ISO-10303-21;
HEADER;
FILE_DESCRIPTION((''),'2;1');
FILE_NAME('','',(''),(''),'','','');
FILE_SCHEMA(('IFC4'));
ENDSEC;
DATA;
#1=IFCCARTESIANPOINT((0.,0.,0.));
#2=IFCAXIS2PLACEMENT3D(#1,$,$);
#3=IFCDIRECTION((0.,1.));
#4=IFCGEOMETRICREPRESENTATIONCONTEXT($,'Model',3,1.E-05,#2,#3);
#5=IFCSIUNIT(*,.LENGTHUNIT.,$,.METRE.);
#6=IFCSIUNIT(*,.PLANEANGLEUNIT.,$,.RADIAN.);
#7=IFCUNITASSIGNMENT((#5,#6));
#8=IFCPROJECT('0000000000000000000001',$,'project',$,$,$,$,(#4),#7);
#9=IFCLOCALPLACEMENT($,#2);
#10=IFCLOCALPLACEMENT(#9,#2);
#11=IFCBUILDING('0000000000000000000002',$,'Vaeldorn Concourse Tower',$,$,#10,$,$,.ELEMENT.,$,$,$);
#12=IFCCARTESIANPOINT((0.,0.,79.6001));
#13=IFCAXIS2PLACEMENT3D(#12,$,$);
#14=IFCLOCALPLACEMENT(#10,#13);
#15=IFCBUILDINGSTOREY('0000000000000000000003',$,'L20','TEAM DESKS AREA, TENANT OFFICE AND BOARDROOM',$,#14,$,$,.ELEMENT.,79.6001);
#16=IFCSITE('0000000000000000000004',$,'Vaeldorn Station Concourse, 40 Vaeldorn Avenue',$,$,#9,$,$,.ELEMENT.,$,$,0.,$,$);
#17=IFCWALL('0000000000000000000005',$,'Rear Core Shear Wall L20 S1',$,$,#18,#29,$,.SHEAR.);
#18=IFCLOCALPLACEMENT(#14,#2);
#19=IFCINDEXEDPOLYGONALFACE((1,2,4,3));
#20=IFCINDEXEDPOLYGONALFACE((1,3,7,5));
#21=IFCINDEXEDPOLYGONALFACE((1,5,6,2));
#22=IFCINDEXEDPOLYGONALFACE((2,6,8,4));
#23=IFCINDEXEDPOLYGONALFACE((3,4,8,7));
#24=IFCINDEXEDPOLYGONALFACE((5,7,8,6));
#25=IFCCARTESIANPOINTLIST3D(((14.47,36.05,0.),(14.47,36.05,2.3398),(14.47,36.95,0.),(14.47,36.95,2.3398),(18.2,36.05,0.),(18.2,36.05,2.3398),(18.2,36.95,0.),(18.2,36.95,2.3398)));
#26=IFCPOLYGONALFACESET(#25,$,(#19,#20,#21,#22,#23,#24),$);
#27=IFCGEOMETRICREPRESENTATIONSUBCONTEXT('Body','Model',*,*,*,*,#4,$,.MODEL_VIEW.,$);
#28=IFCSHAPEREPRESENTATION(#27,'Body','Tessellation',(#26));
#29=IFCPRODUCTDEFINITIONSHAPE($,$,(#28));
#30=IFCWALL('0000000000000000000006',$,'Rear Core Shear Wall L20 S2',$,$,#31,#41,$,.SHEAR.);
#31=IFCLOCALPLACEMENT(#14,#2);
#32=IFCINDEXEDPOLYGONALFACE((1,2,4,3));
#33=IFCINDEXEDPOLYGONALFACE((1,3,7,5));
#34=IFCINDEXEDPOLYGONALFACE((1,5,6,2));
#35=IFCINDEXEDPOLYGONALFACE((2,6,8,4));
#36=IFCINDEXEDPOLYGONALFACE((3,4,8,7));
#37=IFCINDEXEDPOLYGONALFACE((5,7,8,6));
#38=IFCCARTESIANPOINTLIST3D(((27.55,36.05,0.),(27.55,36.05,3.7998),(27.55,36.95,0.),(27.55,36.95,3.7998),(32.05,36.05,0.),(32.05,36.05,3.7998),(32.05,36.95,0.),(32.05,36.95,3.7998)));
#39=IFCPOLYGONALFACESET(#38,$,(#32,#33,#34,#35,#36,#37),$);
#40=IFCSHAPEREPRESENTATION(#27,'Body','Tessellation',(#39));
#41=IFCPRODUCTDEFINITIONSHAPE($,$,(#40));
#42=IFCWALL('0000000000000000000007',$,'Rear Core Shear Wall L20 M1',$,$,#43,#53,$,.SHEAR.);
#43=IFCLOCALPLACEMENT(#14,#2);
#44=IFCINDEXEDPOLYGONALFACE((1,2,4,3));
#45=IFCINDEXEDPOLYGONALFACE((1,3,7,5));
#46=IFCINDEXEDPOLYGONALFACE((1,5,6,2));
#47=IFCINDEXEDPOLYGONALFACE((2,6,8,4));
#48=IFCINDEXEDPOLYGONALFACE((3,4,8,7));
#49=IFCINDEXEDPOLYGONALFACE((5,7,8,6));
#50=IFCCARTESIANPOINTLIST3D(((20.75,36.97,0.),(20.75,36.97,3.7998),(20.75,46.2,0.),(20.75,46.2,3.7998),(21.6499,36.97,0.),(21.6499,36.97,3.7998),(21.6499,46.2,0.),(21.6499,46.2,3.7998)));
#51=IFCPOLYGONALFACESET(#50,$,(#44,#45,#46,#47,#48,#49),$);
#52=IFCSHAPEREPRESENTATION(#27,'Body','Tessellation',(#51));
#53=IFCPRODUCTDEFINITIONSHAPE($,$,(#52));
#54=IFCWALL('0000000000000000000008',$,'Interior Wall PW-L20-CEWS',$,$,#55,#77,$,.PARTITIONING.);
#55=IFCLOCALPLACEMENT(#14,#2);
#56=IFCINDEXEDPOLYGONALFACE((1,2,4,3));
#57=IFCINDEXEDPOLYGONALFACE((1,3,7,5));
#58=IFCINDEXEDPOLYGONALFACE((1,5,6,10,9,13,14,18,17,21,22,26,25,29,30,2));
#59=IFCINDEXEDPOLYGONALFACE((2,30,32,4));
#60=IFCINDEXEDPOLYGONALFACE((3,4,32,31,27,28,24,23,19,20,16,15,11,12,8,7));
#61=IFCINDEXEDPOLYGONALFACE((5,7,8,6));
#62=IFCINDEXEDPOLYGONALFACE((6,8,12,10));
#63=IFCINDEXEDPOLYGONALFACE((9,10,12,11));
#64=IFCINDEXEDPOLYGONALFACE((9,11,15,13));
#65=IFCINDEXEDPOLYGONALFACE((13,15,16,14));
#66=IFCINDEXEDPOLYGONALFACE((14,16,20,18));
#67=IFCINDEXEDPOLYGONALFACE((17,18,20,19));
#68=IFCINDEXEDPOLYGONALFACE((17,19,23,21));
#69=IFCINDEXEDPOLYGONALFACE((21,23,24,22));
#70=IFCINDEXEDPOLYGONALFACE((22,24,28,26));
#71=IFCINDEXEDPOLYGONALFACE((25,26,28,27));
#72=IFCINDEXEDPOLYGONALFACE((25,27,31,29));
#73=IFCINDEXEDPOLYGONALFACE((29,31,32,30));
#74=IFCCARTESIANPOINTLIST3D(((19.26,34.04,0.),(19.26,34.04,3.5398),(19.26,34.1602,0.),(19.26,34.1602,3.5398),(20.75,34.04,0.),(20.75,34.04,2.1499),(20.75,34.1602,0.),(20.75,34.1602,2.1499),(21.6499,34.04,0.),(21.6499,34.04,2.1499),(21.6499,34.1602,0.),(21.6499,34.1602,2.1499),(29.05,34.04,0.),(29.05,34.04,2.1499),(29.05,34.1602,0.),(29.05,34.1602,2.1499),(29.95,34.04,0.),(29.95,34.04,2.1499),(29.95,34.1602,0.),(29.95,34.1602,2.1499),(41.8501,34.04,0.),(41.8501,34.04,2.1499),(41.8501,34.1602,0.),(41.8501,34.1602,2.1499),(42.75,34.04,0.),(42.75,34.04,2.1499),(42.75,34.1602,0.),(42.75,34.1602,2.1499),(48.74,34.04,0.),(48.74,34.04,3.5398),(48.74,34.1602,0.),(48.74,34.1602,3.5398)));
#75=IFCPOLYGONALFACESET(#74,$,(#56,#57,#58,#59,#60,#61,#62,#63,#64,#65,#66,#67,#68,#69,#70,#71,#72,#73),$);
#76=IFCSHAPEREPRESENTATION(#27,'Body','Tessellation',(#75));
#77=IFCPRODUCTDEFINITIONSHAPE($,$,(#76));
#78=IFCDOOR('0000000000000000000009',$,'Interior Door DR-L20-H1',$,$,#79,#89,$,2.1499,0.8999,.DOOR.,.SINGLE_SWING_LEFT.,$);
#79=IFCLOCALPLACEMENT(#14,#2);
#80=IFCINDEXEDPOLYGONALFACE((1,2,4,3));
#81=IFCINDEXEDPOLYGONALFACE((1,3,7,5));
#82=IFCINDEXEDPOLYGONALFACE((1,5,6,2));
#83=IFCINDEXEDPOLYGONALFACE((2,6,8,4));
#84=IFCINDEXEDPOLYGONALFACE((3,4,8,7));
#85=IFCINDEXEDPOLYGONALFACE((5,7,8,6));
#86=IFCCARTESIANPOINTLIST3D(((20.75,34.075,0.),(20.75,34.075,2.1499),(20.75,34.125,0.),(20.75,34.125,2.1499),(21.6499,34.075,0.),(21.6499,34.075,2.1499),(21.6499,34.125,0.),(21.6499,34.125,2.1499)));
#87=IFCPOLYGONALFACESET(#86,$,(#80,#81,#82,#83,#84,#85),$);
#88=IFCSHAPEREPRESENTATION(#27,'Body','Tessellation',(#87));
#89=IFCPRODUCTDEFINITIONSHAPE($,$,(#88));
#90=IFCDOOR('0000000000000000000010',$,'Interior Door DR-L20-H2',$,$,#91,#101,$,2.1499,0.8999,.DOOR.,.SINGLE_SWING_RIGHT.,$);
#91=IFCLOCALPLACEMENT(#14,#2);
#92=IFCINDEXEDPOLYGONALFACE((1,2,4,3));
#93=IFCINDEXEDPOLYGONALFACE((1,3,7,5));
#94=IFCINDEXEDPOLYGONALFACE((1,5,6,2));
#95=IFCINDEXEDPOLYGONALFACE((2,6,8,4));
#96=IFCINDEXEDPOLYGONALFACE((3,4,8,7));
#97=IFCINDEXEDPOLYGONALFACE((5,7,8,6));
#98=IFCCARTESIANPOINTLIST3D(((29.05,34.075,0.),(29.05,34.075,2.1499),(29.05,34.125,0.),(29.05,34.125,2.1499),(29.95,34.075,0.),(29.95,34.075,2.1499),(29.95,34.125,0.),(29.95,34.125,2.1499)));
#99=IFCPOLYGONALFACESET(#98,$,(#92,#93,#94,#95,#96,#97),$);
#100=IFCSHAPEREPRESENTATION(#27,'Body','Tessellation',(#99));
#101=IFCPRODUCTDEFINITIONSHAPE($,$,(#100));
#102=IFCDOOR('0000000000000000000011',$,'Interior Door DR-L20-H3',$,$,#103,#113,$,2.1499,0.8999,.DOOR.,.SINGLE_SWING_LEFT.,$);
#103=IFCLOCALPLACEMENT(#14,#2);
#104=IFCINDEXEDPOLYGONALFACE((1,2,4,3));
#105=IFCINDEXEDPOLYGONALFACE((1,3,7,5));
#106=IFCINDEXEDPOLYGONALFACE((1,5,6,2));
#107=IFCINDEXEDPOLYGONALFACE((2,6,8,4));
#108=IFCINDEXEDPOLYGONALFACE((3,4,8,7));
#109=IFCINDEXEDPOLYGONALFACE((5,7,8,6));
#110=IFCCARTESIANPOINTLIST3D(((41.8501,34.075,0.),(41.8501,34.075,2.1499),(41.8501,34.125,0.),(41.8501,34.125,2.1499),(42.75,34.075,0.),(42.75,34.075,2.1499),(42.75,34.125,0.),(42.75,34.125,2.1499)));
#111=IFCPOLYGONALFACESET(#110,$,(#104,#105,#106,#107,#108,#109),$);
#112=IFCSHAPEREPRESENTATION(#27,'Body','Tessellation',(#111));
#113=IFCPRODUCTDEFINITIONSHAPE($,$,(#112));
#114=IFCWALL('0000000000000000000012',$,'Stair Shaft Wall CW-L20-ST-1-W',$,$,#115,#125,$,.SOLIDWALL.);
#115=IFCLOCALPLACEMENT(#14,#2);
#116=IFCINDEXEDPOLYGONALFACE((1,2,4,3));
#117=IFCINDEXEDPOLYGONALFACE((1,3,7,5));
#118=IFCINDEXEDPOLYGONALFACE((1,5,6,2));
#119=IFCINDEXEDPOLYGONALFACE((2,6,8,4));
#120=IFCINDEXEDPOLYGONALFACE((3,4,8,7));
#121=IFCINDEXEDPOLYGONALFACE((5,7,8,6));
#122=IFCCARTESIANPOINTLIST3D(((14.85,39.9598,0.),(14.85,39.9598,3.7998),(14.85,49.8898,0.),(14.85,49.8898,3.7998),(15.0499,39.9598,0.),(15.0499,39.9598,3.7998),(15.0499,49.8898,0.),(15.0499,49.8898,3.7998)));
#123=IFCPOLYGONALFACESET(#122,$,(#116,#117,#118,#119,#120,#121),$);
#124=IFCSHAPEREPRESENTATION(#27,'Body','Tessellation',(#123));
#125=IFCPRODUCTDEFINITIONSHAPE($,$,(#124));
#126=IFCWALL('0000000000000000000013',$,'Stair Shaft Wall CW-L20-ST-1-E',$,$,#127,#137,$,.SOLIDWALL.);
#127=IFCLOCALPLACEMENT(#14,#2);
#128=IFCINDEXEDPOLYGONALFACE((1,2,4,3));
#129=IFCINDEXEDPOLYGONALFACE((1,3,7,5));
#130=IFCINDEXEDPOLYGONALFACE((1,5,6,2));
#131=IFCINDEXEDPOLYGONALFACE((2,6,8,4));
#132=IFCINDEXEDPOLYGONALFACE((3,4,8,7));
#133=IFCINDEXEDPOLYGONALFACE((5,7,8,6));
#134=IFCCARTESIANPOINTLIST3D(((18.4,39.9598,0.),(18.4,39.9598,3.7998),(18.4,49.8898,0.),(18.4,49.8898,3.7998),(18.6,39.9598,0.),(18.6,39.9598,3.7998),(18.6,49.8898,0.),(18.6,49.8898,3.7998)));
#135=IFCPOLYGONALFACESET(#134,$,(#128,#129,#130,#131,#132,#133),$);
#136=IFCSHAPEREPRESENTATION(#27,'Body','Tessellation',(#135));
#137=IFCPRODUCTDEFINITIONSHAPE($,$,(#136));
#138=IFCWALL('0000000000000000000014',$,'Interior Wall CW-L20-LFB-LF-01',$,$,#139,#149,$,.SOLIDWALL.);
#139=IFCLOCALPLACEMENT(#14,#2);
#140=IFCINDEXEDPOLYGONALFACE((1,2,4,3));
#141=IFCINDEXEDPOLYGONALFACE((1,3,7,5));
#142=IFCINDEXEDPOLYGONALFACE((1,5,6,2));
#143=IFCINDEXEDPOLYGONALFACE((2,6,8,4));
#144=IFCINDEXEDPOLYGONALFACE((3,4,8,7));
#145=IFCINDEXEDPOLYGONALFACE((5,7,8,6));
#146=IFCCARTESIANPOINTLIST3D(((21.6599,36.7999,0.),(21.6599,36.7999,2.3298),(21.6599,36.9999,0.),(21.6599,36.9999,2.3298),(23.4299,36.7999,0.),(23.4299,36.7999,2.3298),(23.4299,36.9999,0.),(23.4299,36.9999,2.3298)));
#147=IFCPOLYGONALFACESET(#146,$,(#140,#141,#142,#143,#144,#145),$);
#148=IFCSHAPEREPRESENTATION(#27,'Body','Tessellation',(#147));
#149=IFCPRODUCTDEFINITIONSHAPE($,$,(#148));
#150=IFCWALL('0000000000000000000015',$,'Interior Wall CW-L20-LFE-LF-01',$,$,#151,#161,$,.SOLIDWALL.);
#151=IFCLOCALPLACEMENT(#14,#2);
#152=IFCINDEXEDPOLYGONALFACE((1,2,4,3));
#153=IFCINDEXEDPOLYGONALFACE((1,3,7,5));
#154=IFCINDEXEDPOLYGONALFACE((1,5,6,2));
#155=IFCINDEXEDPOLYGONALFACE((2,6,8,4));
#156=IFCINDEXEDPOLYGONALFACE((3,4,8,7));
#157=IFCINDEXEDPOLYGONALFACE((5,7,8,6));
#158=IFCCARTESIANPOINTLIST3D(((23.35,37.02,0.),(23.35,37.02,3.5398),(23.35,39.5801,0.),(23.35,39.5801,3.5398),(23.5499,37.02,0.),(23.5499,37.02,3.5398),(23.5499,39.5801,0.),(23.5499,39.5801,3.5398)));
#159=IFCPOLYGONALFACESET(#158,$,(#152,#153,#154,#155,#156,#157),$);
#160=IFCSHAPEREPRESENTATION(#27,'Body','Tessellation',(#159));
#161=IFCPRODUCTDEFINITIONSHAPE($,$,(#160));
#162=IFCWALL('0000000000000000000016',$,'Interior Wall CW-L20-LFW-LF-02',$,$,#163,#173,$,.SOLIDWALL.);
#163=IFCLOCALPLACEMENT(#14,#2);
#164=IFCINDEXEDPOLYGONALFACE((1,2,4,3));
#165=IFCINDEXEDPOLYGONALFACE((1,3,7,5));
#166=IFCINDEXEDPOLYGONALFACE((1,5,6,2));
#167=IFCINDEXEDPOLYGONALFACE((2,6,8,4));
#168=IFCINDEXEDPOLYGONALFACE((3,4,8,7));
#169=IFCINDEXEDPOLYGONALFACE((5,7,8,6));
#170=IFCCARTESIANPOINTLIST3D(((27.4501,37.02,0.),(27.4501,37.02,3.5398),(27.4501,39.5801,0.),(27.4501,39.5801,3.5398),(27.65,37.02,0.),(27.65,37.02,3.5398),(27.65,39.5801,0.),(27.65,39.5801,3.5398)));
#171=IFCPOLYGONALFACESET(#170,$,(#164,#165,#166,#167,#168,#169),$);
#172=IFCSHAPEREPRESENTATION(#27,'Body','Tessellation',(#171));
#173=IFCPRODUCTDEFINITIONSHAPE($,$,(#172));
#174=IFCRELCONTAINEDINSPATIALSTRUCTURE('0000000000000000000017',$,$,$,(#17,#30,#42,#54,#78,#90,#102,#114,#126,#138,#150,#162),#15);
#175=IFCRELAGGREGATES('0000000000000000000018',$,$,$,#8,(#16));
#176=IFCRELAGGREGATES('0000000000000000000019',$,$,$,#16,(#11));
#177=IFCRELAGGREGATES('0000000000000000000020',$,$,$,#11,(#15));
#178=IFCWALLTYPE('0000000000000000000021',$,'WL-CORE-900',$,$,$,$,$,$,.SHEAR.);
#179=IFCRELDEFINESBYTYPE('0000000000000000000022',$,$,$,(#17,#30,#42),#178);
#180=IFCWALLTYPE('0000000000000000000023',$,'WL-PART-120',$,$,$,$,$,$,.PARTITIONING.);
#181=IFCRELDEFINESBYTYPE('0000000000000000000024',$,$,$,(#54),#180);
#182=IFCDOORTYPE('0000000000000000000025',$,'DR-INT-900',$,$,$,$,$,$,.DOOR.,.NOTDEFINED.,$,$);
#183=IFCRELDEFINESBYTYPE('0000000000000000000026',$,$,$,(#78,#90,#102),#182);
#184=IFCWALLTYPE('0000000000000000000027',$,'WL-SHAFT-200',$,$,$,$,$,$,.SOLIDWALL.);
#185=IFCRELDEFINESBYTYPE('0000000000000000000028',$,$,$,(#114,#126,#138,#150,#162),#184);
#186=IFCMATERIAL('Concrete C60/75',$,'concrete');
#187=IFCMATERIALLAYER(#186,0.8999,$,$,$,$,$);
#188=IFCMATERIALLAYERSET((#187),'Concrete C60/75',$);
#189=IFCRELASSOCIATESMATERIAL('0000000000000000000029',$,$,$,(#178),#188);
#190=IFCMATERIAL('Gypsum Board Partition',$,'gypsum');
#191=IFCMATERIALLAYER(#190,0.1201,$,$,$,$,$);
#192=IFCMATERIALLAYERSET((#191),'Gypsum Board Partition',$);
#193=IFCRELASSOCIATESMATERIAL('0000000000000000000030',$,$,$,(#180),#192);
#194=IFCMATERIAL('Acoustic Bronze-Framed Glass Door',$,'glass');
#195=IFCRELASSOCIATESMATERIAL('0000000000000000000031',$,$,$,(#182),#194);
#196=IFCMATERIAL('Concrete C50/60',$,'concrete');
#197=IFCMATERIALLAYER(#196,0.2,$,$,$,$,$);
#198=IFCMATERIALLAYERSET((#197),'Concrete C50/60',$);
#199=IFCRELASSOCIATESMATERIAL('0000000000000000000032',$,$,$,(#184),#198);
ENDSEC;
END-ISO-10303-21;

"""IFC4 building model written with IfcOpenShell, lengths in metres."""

from ifc_helpers import new_model, si_unit, direction, frame, frame_2d, origin, place, context, subcontext, project, spatial, rectangle, extrude, source, transform, mapped, material, layer, layer_set, type_object, element, fill, save


model = new_model("IFC4")

# Units and contexts
model_context = context("Model", 3, precision=1e-05, world=origin(), true_north=direction((0.0, 1.0)))
body_context = subcontext(model_context, "Body", "Model", "MODEL_VIEW")
ifc_project = project(units=[si_unit("LENGTHUNIT", "METRE"), si_unit("PLANEANGLEUNIT", "RADIAN")], contexts=[model_context])

# Site, building, storey
site_placement = place(None, origin())
site = spatial("IfcSite", under=ifc_project, at=site_placement, Name="Vaeldorn Station Concourse, 40 Vaeldorn Avenue", CompositionType="ELEMENT", RefElevation=0.0)
building_placement = place(site_placement, origin())
building = spatial("IfcBuilding", under=site, at=building_placement, Name="Vaeldorn Concourse Tower", CompositionType="ELEMENT")
storey_placement = place(building_placement, frame((0.0, 0.0, 79.6001)))
storey = spatial("IfcBuildingStorey", under=building, at=storey_placement, Name="L20", Description="TEAM DESKS AREA, TENANT OFFICE AND BOARDROOM", CompositionType="ELEMENT", Elevation=79.6001)

# Walls
ifc_material_1 = material(Name="Concrete C60/75", Category="concrete")
ifc_layer_1 = layer(ifc_material_1, 0.8999)
ifc_layer_set_1 = layer_set([ifc_layer_1], Name="Concrete C60/75")
wall_type_1 = type_object("IfcWallType", Name="WL-CORE-900", PredefinedType="SHEAR", material=ifc_layer_set_1)
wall_1_placement = place(storey_placement, frame((14.47, 36.5, 0.0), z_axis=(0.0, 0.0, 1.0), x_axis=(1.0, 0.0, 0.0)))
element("IfcWall", 1, at=wall_1_placement, inside=storey, type_object=wall_type_1, Name="Rear Core Shear Wall L20 S1", PredefinedType="SHEAR", context=body_context, shape_type="SweptSolid", body=[
    extrude(rectangle(XDim=3.73, YDim=0.8999, at=frame_2d((1.865, 0.0))), origin(), (0.0, 0.0, 1.0), 2.3398),
])
wall_2_placement = place(storey_placement, frame((27.55, 36.5, 0.0), z_axis=(0.0, 0.0, 1.0), x_axis=(1.0, 0.0, 0.0)))
element("IfcWall", 2, at=wall_2_placement, inside=storey, type_object=wall_type_1, Name="Rear Core Shear Wall L20 S2", PredefinedType="SHEAR", context=body_context, shape_type="SweptSolid", body=[
    extrude(rectangle(XDim=4.5, YDim=0.8999, at=frame_2d((2.25, 0.0))), origin(), (0.0, 0.0, 1.0), 3.7998),
])
wall_3_placement = place(storey_placement, frame((21.2, 36.97, 0.0), z_axis=(0.0, 0.0, 1.0), x_axis=(0.0, 1.0, 0.0)))
element("IfcWall", 3, at=wall_3_placement, inside=storey, type_object=wall_type_1, Name="Rear Core Shear Wall L20 M1", PredefinedType="SHEAR", context=body_context, shape_type="SweptSolid", body=[
    extrude(rectangle(XDim=9.23, YDim=0.8999, at=frame_2d((4.615, 0.0))), origin(), (0.0, 0.0, 1.0), 3.7998),
])

# Wall, openings, doors
ifc_material_2 = material(Name="Gypsum Board Partition", Category="gypsum")
ifc_layer_2 = layer(ifc_material_2, 0.1201)
ifc_layer_set_2 = layer_set([ifc_layer_2], Name="Gypsum Board Partition")
wall_type_2 = type_object("IfcWallType", Name="WL-PART-120", PredefinedType="PARTITIONING", material=ifc_layer_set_2)
wall_4_placement = place(storey_placement, frame((19.26, 34.1001, 0.0), z_axis=(0.0, 0.0, 1.0), x_axis=(1.0, 0.0, 0.0)))
wall_4 = element("IfcWall", 4, at=wall_4_placement, inside=storey, type_object=wall_type_2, Name="Interior Wall PW-L20-CEWS", PredefinedType="PARTITIONING", context=body_context, shape_type="SweptSolid", body=[
    extrude(rectangle(XDim=29.48, YDim=0.1201, at=frame_2d((14.74, 0.0))), origin(), (0.0, 0.0, 1.0), 3.5398),
])
opening_1_placement = place(wall_4_placement, frame((1.49, 0.0, 0.0)))
opening_1 = element("IfcOpeningElement", 5, at=opening_1_placement, cuts=wall_4, PredefinedType="OPENING", context=body_context, shape_type="SweptSolid", body=[
    extrude(rectangle(XDim=0.8999, YDim=2.1499, at=frame_2d((0.45, 1.075))), frame((0.0, 0.0701, 0.0), z_axis=(0.0, -1.0, 0.0), x_axis=(1.0, 0.0, 0.0)), (0.0, 0.0, 1.0), 0.1401),
])
opening_2_placement = place(wall_4_placement, frame((9.79, 0.0, 0.0)))
opening_2 = element("IfcOpeningElement", 6, at=opening_2_placement, cuts=wall_4, PredefinedType="OPENING", context=body_context, shape_type="SweptSolid", body=[
    extrude(rectangle(XDim=0.8999, YDim=2.1499, at=frame_2d((0.45, 1.075))), frame((0.0, 0.0701, 0.0), z_axis=(0.0, -1.0, 0.0), x_axis=(1.0, 0.0, 0.0)), (0.0, 0.0, 1.0), 0.1401),
])
opening_3_placement = place(wall_4_placement, frame((22.5901, 0.0, 0.0)))
opening_3 = element("IfcOpeningElement", 7, at=opening_3_placement, cuts=wall_4, PredefinedType="OPENING", context=body_context, shape_type="SweptSolid", body=[
    extrude(rectangle(XDim=0.8999, YDim=2.1499, at=frame_2d((0.45, 1.075))), frame((0.0, 0.0701, 0.0), z_axis=(0.0, -1.0, 0.0), x_axis=(1.0, 0.0, 0.0)), (0.0, 0.0, 1.0), 0.1401),
])
ifc_material_3 = material(Name="Acoustic Bronze-Framed Glass Door", Category="glass")
door_type_1 = type_object("IfcDoorType", Name="DR-INT-900", OperationType="NOTDEFINED", PredefinedType="DOOR", material=ifc_material_3)
shared_shape_1 = source(origin(), body_context, "Body", "SweptSolid", [
    extrude(rectangle(XDim=0.8999, YDim=2.1499, at=frame_2d((0.45, 1.075))), frame((0.0, 0.0249, 0.0), z_axis=(0.0, -1.0, 0.0), x_axis=(1.0, 0.0, 0.0)), (0.0, 0.0, 1.0), 0.05),
])
door_1_placement = place(opening_1_placement, origin())
door_1 = element("IfcDoor", 8, at=door_1_placement, inside=storey, type_object=door_type_1, Name="Interior Door DR-L20-H1", OperationType="SINGLE_SWING_LEFT", OverallHeight=2.1499, OverallWidth=0.8999, PredefinedType="DOOR", context=body_context, shape_type="MappedRepresentation", body=[
    mapped(shared_shape_1, transform((0.0, 0.0, 0.0), scale=1.0)),
])
fill(opening_1, door_1)
door_2_placement = place(opening_2_placement, origin())
door_2 = element("IfcDoor", 9, at=door_2_placement, inside=storey, type_object=door_type_1, Name="Interior Door DR-L20-H2", OperationType="SINGLE_SWING_RIGHT", OverallHeight=2.1499, OverallWidth=0.8999, PredefinedType="DOOR", context=body_context, shape_type="MappedRepresentation", body=[
    mapped(shared_shape_1, transform((0.0, 0.0, 0.0), scale=1.0)),
])
fill(opening_2, door_2)
door_3_placement = place(opening_3_placement, origin())
door_3 = element("IfcDoor", 10, at=door_3_placement, inside=storey, type_object=door_type_1, Name="Interior Door DR-L20-H3", OperationType="SINGLE_SWING_LEFT", OverallHeight=2.1499, OverallWidth=0.8999, PredefinedType="DOOR", context=body_context, shape_type="MappedRepresentation", body=[
    mapped(shared_shape_1, transform((0.0, 0.0, 0.0), scale=1.0)),
])
fill(opening_3, door_3)

# Walls
ifc_material_4 = material(Name="Concrete C50/60", Category="concrete")
ifc_layer_3 = layer(ifc_material_4, 0.2)
ifc_layer_set_3 = layer_set([ifc_layer_3], Name="Concrete C50/60")
wall_type_3 = type_object("IfcWallType", Name="WL-SHAFT-200", PredefinedType="SOLIDWALL", material=ifc_layer_set_3)
for number, where, z_axis, x_axis, name in (
    (11, (14.95, 39.96, 0.0), (0.0, 0.0, 1.0), (0.0, 1.0, 0.0), "Stair Shaft Wall CW-L20-ST-1-W"),
    (12, (18.5, 39.96, 0.0), (0.0, 0.0, 1.0), (0.0, 1.0, 0.0), "Stair Shaft Wall CW-L20-ST-1-E"),
):
    element("IfcWall", number, at=place(storey_placement, frame(where, z_axis=z_axis, x_axis=x_axis)), inside=storey, type_object=wall_type_3, Name=name, PredefinedType="SOLIDWALL", context=body_context, shape_type="SweptSolid", body=[
        extrude(rectangle(XDim=9.9299, YDim=0.2, at=frame_2d((4.9648, 0.0))), origin(), (0.0, 0.0, 1.0), 3.7998),
    ])

# Walls
wall_5_placement = place(storey_placement, frame((21.6599, 36.8999, 0.0), z_axis=(0.0, 0.0, 1.0), x_axis=(1.0, 0.0, 0.0)))
element("IfcWall", 13, at=wall_5_placement, inside=storey, type_object=wall_type_3, Name="Interior Wall CW-L20-LFB-LF-01", PredefinedType="SOLIDWALL", context=body_context, shape_type="SweptSolid", body=[
    extrude(rectangle(XDim=1.77, YDim=0.2, at=frame_2d((0.885, 0.0))), origin(), (0.0, 0.0, 1.0), 2.3298),
])
wall_6_placement = place(storey_placement, frame((23.45, 37.02, 0.0), z_axis=(0.0, 0.0, 1.0), x_axis=(0.0, 1.0, 0.0)))
element("IfcWall", 14, at=wall_6_placement, inside=storey, type_object=wall_type_3, Name="Interior Wall CW-L20-LFE-LF-01", PredefinedType="SOLIDWALL", context=body_context, shape_type="SweptSolid", body=[
    extrude(rectangle(XDim=2.5601, YDim=0.2, at=frame_2d((1.28, 0.0))), origin(), (0.0, 0.0, 1.0), 3.5398),
])

# Wall
wall_7_placement = place(storey_placement, frame((27.55, 37.02, 0.0), z_axis=(0.0, 0.0, 1.0), x_axis=(0.0, 1.0, 0.0)))
element("IfcWall", 15, at=wall_7_placement, inside=storey, type_object=wall_type_3, Name="Interior Wall CW-L20-LFW-LF-02", PredefinedType="SOLIDWALL", context=body_context, shape_type="SweptSolid", body=[
    extrude(rectangle(XDim=2.5601, YDim=0.2, at=frame_2d((1.28, 0.0))), origin(), (0.0, 0.0, 1.0), 3.5398),
])

save(model, "model.ifc")
